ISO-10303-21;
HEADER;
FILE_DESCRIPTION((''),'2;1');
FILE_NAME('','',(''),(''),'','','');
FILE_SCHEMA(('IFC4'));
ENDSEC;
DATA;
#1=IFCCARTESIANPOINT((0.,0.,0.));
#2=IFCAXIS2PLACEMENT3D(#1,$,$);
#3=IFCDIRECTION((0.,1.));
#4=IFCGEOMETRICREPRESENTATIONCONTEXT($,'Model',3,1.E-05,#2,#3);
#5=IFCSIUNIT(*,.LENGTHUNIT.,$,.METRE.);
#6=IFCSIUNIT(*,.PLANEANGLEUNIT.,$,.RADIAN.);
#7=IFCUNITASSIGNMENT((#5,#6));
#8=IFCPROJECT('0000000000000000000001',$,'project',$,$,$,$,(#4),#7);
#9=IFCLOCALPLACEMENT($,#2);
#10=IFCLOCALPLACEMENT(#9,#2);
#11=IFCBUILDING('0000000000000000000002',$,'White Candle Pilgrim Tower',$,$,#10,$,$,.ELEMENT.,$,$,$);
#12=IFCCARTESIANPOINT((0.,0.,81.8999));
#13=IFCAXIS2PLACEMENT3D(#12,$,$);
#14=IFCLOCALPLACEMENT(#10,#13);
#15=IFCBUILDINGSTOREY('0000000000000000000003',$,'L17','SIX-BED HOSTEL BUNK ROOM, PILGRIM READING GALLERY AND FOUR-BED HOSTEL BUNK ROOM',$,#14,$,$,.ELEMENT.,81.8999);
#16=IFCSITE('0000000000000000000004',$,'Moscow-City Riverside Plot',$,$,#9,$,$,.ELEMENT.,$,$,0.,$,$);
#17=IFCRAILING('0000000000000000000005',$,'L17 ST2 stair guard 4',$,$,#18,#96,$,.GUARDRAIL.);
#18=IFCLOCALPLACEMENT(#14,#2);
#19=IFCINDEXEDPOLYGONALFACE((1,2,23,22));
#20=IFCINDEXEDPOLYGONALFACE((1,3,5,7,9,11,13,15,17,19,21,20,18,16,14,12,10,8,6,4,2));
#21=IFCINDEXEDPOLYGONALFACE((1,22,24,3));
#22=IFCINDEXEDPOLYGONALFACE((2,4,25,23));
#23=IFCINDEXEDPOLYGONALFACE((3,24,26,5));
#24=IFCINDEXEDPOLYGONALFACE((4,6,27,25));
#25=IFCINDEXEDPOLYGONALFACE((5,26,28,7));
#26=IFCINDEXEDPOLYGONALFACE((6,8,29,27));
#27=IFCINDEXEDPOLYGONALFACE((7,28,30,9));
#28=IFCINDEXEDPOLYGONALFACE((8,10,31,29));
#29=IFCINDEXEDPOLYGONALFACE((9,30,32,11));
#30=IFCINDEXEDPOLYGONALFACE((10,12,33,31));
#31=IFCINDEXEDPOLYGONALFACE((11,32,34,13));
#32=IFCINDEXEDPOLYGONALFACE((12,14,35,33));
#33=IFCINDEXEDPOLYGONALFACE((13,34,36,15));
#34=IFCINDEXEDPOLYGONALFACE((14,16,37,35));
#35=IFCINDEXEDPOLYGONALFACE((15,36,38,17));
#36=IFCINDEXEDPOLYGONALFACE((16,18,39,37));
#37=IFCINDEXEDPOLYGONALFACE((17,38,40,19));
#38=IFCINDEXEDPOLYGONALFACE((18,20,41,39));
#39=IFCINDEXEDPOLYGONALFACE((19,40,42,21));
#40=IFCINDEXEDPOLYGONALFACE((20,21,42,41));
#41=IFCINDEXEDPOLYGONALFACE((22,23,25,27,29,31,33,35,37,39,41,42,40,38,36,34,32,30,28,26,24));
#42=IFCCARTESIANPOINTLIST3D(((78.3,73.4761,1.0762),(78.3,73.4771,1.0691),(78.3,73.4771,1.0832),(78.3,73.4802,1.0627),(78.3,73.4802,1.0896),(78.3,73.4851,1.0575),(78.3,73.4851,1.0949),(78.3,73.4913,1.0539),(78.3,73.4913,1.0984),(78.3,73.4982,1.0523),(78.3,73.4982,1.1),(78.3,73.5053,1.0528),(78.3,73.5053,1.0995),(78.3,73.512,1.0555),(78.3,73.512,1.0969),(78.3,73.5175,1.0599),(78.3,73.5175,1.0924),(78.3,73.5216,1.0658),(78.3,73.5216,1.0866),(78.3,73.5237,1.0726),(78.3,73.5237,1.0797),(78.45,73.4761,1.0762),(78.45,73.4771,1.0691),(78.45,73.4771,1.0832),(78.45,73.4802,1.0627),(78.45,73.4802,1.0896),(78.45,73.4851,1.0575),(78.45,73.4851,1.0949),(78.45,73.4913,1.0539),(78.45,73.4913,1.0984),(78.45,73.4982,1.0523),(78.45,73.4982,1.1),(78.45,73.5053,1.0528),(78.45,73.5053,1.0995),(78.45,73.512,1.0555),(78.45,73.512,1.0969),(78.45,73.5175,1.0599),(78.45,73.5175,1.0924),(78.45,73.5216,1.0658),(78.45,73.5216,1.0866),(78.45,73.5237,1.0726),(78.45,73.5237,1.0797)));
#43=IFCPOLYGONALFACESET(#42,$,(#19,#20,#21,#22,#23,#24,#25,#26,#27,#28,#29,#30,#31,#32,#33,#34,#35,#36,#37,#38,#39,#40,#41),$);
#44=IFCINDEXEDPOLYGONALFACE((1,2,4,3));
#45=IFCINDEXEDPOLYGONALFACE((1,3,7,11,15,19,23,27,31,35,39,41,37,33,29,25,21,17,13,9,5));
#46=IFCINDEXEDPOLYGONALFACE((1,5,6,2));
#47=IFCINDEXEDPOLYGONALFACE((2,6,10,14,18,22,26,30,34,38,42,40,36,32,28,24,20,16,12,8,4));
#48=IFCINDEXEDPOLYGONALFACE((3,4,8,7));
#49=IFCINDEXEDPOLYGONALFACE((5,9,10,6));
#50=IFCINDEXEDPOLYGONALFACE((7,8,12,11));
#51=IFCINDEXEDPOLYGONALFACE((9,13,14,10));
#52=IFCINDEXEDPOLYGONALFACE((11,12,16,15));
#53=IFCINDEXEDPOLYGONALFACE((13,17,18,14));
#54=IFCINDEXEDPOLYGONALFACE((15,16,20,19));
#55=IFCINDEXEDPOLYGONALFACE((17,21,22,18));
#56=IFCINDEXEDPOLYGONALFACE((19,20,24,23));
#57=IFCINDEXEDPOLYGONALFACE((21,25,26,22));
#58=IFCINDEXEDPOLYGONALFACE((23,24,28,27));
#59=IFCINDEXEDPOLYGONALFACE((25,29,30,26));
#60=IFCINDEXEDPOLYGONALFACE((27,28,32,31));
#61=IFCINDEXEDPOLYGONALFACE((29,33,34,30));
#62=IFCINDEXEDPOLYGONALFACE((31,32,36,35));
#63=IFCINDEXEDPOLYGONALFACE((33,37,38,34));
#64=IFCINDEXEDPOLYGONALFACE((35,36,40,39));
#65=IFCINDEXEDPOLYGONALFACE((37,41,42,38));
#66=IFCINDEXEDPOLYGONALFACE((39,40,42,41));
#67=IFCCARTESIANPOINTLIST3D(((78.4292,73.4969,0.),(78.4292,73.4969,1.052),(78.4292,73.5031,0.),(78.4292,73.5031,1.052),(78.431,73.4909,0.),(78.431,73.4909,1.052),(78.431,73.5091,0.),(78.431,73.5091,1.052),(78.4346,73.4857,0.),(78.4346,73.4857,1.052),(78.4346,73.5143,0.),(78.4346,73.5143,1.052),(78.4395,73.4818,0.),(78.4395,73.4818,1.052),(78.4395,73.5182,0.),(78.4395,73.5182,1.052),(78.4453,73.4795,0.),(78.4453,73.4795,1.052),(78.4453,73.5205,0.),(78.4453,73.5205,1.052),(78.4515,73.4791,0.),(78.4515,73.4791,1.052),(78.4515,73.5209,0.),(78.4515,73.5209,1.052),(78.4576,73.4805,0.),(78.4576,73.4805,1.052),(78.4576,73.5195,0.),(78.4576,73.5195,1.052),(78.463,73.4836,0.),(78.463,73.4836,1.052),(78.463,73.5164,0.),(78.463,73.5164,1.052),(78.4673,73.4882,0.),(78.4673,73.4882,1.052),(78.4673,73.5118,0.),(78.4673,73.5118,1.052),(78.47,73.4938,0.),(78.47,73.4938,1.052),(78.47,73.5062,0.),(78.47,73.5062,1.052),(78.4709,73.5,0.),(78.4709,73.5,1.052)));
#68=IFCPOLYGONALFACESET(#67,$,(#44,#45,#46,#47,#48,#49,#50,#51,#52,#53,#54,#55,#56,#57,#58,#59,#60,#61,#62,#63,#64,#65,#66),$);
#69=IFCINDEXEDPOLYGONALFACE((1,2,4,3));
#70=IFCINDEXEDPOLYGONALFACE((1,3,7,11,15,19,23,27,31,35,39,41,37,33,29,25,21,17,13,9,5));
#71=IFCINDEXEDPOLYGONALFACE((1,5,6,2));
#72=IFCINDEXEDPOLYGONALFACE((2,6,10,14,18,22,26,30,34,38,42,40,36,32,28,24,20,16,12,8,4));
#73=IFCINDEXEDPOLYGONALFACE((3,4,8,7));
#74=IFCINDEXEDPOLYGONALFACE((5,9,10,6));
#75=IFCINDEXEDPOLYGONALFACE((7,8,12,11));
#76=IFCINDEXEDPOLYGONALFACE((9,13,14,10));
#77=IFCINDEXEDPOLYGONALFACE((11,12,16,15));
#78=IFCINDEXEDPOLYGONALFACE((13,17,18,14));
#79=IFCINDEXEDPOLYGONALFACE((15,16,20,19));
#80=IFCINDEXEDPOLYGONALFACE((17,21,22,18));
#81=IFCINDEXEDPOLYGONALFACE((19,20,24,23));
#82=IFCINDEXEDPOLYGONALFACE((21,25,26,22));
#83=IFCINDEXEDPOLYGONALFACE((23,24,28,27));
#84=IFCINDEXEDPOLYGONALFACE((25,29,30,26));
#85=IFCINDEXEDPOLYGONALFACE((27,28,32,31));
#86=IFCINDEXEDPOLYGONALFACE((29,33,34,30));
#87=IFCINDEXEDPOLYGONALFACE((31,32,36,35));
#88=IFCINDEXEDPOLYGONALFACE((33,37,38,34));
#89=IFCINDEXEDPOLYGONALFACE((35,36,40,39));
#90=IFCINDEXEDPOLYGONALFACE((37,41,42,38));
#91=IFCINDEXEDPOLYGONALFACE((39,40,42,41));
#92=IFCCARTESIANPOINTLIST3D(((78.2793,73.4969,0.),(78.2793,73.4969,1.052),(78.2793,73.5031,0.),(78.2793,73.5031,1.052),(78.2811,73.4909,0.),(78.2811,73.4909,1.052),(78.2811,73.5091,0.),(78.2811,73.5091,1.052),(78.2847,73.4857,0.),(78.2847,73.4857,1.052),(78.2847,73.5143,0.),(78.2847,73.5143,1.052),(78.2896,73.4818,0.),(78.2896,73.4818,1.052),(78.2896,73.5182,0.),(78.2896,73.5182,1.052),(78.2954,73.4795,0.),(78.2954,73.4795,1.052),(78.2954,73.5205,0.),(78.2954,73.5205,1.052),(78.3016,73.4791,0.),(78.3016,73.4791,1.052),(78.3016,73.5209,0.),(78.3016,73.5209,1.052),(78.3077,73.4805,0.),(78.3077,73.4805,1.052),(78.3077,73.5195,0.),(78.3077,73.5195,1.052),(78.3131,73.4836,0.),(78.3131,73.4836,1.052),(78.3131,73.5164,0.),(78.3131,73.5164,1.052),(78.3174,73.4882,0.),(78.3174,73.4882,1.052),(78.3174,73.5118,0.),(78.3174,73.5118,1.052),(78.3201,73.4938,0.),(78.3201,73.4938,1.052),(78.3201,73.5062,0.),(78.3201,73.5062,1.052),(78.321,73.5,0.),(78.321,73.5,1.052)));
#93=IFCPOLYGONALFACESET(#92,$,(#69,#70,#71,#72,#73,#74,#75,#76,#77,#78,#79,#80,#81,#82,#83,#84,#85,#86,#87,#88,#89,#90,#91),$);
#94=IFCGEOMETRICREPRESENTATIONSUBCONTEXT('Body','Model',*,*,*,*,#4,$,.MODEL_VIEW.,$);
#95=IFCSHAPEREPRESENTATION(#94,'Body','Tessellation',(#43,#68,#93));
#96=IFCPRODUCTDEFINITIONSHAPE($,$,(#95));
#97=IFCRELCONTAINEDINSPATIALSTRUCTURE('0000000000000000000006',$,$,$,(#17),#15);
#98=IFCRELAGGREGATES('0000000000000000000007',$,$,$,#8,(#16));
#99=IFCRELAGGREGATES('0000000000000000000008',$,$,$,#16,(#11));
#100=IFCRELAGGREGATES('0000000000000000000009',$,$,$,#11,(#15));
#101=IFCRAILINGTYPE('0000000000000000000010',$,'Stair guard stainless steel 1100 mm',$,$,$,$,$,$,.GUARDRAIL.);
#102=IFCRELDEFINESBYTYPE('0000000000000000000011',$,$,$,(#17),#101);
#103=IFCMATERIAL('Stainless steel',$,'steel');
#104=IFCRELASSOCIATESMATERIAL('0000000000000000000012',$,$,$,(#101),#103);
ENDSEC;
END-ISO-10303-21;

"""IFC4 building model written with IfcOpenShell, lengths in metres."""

from ifc_helpers import new_model, si_unit, direction, frame, origin, origin_2d, place, context, subcontext, project, spatial, circle, extrude, material, type_object, element, save


model = new_model("IFC4")

# Units and contexts
model_context = context("Model", 3, precision=1e-05, world=origin(), true_north=direction((0.0, 1.0)))
body_context = subcontext(model_context, "Body", "Model", "MODEL_VIEW")
ifc_project = project(units=[si_unit("LENGTHUNIT", "METRE"), si_unit("PLANEANGLEUNIT", "RADIAN")], contexts=[model_context])

# Site, building, storey
site_placement = place(None, origin())
site = spatial("IfcSite", under=ifc_project, at=site_placement, Name="Moscow-City Riverside Plot", CompositionType="ELEMENT", RefElevation=0.0)
building_placement = place(site_placement, origin())
building = spatial("IfcBuilding", under=site, at=building_placement, Name="White Candle Pilgrim Tower", CompositionType="ELEMENT")
storey_placement = place(building_placement, frame((0.0, 0.0, 81.8999)))
storey = spatial("IfcBuildingStorey", under=building, at=storey_placement, Name="L17", Description="SIX-BED HOSTEL BUNK ROOM, PILGRIM READING GALLERY AND FOUR-BED HOSTEL BUNK ROOM", CompositionType="ELEMENT", Elevation=81.8999)

# Railing
ifc_material_1 = material(Name="Stainless steel", Category="steel")
railing_type_1 = type_object("IfcRailingType", Name="Stair guard stainless steel 1100 mm", PredefinedType="GUARDRAIL", material=ifc_material_1)
railing_1_placement = place(storey_placement, frame((78.45, 73.5, 0.0)))
element("IfcRailing", 1, at=railing_1_placement, inside=storey, type_object=railing_type_1, Name="L17 ST2 stair guard 4", PredefinedType="GUARDRAIL", context=body_context, shape_type="SweptSolid", body=[
    extrude(circle(Radius=0.0239, at=origin_2d()), frame((0.0, 0.0, 1.0762), z_axis=(-1.0, 0.0, 0.0), x_axis=(0.0, -1.0, 0.0)), (0.0, 0.0, 1.0), 0.1499),
    extrude(circle(Radius=0.021, at=origin_2d()), origin(), (0.0, 0.0, 1.0), 1.052),
    extrude(circle(Radius=0.021, at=origin_2d()), frame((-0.1499, 0.0, 0.0)), (0.0, 0.0, 1.0), 1.052),
])

save(model, "model.ifc")
